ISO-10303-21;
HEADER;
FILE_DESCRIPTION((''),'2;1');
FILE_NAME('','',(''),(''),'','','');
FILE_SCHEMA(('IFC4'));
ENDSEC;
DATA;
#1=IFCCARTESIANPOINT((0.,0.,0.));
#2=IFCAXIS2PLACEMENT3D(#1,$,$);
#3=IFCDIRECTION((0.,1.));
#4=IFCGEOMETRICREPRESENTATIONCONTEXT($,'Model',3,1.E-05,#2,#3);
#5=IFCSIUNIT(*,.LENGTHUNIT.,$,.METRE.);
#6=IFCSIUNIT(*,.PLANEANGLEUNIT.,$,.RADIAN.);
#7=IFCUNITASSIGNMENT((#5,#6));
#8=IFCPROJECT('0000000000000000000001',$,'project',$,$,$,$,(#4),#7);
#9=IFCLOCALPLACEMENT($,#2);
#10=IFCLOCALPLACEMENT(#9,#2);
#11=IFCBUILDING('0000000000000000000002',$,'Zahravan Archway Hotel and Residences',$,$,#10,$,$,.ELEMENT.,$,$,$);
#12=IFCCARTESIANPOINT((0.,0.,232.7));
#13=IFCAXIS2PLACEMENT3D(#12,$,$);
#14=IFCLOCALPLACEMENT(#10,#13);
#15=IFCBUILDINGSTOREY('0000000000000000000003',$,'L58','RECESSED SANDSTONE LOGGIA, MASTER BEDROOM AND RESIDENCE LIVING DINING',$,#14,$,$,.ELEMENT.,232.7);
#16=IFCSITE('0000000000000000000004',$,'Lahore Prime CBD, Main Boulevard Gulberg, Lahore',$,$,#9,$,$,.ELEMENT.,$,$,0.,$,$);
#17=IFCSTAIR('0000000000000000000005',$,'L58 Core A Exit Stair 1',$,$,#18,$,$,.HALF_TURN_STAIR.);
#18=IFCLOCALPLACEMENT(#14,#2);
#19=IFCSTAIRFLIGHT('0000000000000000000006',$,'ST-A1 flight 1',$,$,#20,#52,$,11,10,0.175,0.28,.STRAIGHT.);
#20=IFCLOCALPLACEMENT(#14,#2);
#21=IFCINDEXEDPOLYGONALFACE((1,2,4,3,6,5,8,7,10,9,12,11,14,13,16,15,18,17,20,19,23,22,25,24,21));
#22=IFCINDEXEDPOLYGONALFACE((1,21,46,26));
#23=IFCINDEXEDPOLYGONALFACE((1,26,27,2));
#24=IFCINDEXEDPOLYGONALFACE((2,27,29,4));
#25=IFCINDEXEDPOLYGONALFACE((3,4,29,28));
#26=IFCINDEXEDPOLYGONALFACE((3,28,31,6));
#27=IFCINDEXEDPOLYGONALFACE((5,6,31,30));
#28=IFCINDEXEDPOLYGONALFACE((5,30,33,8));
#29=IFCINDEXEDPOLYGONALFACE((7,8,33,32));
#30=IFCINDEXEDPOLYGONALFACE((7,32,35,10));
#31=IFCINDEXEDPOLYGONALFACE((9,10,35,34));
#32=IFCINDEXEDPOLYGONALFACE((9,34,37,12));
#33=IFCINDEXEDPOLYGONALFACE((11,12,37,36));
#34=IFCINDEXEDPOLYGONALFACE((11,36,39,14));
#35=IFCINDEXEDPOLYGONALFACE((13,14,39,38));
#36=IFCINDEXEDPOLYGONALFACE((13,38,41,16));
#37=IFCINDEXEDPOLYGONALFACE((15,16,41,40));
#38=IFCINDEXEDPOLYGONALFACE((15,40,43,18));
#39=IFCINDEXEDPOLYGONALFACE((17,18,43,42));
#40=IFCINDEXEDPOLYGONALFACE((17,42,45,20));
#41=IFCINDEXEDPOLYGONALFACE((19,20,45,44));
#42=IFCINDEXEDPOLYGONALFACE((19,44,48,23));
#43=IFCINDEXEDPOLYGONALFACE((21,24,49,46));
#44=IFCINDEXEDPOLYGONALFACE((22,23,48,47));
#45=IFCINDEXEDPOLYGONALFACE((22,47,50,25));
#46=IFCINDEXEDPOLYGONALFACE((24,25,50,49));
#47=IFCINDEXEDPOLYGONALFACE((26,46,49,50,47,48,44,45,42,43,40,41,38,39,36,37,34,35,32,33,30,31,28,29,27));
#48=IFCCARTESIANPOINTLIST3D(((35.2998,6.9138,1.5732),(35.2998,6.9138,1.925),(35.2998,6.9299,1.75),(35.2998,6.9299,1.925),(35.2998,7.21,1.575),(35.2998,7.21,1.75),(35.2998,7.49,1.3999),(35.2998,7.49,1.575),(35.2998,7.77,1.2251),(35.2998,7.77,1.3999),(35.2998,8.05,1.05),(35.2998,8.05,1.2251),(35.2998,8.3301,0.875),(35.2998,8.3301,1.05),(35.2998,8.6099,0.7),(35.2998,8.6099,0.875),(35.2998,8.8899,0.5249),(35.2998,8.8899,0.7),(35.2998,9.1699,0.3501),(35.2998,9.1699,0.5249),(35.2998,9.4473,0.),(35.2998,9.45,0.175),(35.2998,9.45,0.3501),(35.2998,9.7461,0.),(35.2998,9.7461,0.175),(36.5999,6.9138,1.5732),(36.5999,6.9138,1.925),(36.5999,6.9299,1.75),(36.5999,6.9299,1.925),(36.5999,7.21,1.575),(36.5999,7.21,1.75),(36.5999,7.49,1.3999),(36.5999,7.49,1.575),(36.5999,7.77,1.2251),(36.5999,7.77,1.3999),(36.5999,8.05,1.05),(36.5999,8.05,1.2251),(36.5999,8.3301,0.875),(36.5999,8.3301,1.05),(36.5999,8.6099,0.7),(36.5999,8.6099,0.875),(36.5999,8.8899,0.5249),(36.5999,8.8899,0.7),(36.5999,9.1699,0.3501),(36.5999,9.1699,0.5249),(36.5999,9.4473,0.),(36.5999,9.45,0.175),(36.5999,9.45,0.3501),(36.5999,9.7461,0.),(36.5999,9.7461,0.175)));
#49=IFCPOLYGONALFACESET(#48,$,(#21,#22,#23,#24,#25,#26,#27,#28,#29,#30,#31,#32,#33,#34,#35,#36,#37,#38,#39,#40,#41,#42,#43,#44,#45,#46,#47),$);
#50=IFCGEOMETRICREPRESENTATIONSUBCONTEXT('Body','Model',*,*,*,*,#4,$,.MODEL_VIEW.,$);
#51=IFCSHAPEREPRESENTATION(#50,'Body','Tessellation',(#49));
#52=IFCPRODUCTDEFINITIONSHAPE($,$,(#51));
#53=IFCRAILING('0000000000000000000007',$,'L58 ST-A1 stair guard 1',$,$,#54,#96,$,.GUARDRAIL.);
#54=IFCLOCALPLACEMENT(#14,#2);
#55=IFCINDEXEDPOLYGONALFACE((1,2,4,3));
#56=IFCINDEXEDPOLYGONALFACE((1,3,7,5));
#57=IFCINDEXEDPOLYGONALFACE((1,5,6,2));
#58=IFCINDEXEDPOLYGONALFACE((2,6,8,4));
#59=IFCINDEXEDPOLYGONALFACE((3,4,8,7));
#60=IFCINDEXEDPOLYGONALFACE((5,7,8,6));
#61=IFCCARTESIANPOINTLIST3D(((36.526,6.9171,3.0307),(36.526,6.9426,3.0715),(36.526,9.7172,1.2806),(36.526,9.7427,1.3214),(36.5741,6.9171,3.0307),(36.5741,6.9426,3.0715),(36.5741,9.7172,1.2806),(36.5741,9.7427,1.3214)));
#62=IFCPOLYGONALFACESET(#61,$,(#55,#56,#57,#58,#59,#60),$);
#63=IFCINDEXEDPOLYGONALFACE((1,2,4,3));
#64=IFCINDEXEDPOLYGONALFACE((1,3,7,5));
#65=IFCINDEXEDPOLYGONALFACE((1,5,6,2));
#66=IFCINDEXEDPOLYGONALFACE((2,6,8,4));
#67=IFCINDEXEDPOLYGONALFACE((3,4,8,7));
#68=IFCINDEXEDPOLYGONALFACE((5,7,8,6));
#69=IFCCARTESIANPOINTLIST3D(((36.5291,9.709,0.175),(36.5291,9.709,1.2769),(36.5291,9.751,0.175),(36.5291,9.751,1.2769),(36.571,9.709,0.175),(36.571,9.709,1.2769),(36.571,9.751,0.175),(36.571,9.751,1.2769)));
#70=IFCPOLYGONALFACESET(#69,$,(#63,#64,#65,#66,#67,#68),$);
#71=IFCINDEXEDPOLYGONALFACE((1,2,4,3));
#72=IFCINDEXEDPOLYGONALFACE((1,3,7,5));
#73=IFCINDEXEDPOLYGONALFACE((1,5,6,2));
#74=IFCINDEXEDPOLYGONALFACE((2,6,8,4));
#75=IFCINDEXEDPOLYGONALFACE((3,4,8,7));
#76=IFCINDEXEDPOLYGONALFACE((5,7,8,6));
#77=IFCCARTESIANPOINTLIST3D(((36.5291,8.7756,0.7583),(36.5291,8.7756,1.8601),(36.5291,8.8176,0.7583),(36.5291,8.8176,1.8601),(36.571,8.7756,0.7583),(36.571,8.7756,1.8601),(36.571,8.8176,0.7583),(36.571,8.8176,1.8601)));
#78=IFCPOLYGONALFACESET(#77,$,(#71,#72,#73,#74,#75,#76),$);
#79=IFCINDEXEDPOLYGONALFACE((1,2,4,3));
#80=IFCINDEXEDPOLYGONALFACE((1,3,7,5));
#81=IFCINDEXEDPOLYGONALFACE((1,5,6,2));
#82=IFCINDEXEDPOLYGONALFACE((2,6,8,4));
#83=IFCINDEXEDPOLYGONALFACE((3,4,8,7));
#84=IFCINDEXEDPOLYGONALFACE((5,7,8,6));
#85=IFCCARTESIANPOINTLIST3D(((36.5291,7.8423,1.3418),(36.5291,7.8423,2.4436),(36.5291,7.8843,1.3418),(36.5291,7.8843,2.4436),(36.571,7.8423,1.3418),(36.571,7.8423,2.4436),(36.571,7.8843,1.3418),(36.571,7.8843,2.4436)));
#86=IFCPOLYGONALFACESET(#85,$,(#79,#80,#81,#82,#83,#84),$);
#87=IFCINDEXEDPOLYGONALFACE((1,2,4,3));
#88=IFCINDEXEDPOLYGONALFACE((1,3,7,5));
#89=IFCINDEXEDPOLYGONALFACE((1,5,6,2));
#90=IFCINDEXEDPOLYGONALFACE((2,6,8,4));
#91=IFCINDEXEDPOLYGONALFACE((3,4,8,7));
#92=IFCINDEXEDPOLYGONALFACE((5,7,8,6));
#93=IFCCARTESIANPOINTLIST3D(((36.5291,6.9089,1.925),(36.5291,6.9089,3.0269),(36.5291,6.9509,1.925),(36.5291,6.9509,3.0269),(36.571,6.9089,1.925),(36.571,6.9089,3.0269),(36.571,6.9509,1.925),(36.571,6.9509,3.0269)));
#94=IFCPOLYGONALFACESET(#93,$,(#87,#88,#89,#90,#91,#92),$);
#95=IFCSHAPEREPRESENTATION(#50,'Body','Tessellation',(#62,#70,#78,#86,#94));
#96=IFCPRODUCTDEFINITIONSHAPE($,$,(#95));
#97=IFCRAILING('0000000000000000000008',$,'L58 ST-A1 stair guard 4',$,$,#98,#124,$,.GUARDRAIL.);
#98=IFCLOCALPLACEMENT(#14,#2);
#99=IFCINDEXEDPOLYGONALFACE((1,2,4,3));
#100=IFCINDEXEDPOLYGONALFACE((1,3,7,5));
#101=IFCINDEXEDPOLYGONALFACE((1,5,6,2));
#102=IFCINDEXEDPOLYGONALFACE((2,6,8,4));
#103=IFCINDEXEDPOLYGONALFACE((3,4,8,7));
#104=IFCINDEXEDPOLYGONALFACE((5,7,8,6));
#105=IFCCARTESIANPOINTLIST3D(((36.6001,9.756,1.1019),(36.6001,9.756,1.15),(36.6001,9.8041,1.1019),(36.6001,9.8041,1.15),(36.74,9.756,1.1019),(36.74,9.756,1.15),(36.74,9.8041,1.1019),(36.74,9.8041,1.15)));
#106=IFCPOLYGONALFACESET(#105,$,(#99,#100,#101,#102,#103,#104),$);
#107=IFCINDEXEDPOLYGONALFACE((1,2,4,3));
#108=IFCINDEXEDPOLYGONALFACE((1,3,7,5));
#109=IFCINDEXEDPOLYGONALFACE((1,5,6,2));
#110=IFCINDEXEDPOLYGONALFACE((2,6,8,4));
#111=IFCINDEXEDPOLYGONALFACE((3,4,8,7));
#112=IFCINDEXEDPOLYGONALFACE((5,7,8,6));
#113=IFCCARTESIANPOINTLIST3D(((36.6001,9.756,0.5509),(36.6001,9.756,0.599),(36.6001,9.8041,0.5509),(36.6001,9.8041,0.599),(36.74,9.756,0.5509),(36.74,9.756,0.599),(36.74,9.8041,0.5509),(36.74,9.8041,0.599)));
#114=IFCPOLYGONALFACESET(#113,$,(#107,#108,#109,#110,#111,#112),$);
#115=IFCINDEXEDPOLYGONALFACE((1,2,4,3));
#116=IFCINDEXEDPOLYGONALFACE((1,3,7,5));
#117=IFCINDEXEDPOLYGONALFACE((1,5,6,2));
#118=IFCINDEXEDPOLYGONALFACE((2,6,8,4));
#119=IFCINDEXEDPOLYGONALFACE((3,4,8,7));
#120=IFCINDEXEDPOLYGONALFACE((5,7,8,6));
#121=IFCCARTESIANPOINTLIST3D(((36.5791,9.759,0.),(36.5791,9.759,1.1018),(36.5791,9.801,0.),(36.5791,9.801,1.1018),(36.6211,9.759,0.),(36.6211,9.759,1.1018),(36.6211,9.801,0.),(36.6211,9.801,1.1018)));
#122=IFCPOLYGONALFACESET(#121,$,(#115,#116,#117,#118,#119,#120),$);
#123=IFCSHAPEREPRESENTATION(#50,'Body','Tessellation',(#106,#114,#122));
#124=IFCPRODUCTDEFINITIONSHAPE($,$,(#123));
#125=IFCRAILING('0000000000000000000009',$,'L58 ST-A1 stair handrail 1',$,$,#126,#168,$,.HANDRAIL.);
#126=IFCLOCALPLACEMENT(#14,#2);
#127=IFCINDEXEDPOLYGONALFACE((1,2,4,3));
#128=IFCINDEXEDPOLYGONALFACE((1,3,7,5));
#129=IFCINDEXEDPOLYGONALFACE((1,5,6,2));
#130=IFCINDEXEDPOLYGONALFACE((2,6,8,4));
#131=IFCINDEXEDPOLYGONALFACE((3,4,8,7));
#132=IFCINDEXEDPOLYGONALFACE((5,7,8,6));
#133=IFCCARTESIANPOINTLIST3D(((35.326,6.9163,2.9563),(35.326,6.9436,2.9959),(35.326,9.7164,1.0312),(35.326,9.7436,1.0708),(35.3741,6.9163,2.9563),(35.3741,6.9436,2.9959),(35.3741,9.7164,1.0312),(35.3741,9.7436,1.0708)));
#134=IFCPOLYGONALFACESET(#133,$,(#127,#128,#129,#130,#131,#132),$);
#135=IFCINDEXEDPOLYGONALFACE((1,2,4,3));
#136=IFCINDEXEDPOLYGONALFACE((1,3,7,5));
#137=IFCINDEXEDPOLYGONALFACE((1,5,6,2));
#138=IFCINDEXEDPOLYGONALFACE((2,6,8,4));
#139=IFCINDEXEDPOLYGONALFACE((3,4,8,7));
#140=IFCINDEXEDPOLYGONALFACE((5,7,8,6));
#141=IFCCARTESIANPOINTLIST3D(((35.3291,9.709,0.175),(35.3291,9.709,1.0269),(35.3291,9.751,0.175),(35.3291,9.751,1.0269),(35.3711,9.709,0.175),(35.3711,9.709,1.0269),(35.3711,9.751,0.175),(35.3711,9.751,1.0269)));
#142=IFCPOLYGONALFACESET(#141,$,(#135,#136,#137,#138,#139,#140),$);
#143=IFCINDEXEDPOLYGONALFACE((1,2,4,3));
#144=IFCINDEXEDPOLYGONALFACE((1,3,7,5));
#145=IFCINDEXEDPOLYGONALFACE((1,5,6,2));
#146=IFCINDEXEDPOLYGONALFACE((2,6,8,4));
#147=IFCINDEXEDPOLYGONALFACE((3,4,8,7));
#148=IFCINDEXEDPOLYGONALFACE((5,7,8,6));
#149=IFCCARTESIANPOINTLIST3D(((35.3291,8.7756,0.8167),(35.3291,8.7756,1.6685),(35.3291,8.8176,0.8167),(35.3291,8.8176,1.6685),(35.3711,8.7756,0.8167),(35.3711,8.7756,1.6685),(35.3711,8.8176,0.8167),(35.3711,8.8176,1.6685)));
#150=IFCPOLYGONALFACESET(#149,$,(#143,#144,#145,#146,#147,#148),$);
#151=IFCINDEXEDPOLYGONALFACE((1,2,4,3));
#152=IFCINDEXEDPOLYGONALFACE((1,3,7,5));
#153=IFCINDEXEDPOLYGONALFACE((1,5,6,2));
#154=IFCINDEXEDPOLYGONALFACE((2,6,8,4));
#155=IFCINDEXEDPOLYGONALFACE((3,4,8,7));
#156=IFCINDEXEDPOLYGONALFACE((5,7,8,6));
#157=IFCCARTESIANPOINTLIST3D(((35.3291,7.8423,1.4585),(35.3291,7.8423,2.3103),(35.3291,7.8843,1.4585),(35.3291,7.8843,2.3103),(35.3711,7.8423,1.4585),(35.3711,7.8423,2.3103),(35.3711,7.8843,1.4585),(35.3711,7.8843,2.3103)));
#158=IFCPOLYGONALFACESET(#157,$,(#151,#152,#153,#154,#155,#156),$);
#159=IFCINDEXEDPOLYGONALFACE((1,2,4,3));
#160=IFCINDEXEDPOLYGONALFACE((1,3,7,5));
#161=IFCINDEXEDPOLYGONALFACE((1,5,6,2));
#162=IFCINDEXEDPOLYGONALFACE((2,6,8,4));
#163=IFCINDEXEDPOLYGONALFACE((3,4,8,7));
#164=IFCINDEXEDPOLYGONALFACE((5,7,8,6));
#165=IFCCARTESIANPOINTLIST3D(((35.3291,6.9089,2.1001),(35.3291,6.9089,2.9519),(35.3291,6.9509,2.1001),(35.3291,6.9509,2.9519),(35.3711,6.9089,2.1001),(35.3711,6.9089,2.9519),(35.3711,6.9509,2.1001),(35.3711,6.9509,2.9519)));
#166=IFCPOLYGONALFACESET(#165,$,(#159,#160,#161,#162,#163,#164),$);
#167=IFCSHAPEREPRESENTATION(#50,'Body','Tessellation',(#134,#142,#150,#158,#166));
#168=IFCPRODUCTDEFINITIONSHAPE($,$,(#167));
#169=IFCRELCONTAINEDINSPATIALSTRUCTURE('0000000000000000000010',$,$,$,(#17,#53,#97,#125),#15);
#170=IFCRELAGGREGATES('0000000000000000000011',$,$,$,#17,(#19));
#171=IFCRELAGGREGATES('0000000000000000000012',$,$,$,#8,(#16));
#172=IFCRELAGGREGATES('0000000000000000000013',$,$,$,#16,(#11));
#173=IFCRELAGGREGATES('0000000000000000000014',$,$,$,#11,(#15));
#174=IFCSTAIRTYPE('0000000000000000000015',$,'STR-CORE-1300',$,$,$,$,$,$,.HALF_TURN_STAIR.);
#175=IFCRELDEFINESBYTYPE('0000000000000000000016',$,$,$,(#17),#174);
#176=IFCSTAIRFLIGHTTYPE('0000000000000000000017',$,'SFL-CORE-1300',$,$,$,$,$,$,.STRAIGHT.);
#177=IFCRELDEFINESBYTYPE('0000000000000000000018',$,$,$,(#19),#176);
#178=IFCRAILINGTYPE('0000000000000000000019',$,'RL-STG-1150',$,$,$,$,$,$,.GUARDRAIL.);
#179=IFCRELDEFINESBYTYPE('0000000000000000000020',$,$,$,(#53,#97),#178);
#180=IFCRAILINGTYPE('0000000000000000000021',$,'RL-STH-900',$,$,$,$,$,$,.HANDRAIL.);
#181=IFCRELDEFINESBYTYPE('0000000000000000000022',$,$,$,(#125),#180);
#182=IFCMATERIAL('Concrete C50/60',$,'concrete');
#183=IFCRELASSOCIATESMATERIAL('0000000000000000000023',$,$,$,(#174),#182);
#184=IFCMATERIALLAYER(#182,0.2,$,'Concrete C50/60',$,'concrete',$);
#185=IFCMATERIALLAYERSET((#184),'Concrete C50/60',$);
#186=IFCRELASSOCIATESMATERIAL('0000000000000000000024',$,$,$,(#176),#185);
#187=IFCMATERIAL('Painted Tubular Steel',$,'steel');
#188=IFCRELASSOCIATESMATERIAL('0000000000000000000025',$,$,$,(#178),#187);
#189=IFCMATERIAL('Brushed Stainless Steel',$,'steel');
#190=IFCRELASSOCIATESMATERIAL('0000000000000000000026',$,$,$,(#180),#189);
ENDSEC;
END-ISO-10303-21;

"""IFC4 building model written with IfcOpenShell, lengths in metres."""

from ifc_helpers import new_model, si_unit, direction, frame, origin, origin_2d, place, context, subcontext, project, spatial, polyline, rectangle, outline, extrude, source, transform, mapped, material, layer, layer_set, type_object, element, aggregate, save


model = new_model("IFC4")

# Units and contexts
model_context = context("Model", 3, precision=1e-05, world=origin(), true_north=direction((0.0, 1.0)))
body_context = subcontext(model_context, "Body", "Model", "MODEL_VIEW")
ifc_project = project(units=[si_unit("LENGTHUNIT", "METRE"), si_unit("PLANEANGLEUNIT", "RADIAN")], contexts=[model_context])

# Site, building, storey
site_placement = place(None, origin())
site = spatial("IfcSite", under=ifc_project, at=site_placement, Name="Lahore Prime CBD, Main Boulevard Gulberg, Lahore", CompositionType="ELEMENT", RefElevation=0.0)
building_placement = place(site_placement, origin())
building = spatial("IfcBuilding", under=site, at=building_placement, Name="Zahravan Archway Hotel and Residences", CompositionType="ELEMENT")
storey_placement = place(building_placement, frame((0.0, 0.0, 232.7)))
storey = spatial("IfcBuildingStorey", under=building, at=storey_placement, Name="L58", Description="RECESSED SANDSTONE LOGGIA, MASTER BEDROOM AND RESIDENCE LIVING DINING", CompositionType="ELEMENT", Elevation=232.7)

# Shared definitions
ifc_material_1 = material(Name="Concrete C50/60", Category="concrete")

# Shared definitions
ifc_material_2 = material(Name="Brushed Stainless Steel", Category="steel")

# Stair, stair flight
stair_type = type_object("IfcStairType", Name="STR-CORE-1300", PredefinedType="HALF_TURN_STAIR", material=ifc_material_1)
stair_placement = place(storey_placement, origin())
stair = element("IfcStair", 1, at=stair_placement, inside=storey, type_object=stair_type, Name="L58 Core A Exit Stair 1", PredefinedType="HALF_TURN_STAIR")
ifc_layer_1 = layer(ifc_material_1, 0.2, Name="Concrete C50/60", Category="concrete")
ifc_layer_set_1 = layer_set([ifc_layer_1], Name="Concrete C50/60")
stair_flight_type = type_object("IfcStairFlightType", Name="SFL-CORE-1300", PredefinedType="STRAIGHT", material=ifc_layer_set_1)
shared_shape_1 = source(origin(), body_context, "Body", "SweptSolid", [
    extrude(outline(polyline([(-0.0161, 0.0), (-0.0161, 0.175), (0.28, 0.175), (0.28, 0.3501), (0.5601, 0.3501), (0.5601, 0.5249), (0.8401, 0.5249), (0.8401, 0.7), (1.1201, 0.7), (1.1201, 0.875), (1.3999, 0.875), (1.3999, 1.05), (1.6799, 1.05), (1.6799, 1.2251), (1.96, 1.2251), (1.96, 1.3999), (2.24, 1.3999), (2.24, 1.575), (2.52, 1.575), (2.52, 1.75), (2.8, 1.75), (2.8, 1.925), (2.8162, 1.925), (2.8162, 1.5732), (0.2827, 0.0), (-0.0161, 0.0)])), frame((0.0, 0.6499, 0.0), z_axis=(0.0, -1.0, 0.0), x_axis=(1.0, 0.0, 0.0)), (0.0, 0.0, 1.0), 1.3),
])
stair_flight_placement = place(storey_placement, frame((35.95, 9.73, 0.0), z_axis=(0.0, 0.0, 1.0), x_axis=(0.0, -1.0, 0.0)))
stair_flight = element("IfcStairFlight", 2, at=stair_flight_placement, type_object=stair_flight_type, Name="ST-A1 flight 1", NumberOfRisers=11, NumberOfTreads=10, PredefinedType="STRAIGHT", RiserHeight=0.175, TreadLength=0.28, context=body_context, shape_type="MappedRepresentation", body=[
    mapped(shared_shape_1, transform((0.0, 0.0, 0.0), scale=1.0)),
])
aggregate(stair, [stair_flight])

# Railings
ifc_material_3 = material(Name="Painted Tubular Steel", Category="steel")
railing_type_1 = type_object("IfcRailingType", Name="RL-STG-1150", PredefinedType="GUARDRAIL", material=ifc_material_3)
railing_1_placement = place(storey_placement, frame((36.55, 9.73, 0.175)))
element("IfcRailing", 3, at=railing_1_placement, inside=storey, type_object=railing_type_1, Name="L58 ST-A1 stair guard 1", PredefinedType="GUARDRAIL", context=body_context, shape_type="SweptSolid", body=[
    extrude(rectangle(XDim=0.0481, YDim=0.0481, at=origin_2d()), frame((0.0, 0.0, 1.126), z_axis=(0.0, -0.848002, 0.529992), x_axis=(1.0, 0.0, 0.0)), (0.0, 0.0, 1.0), 3.302),
    extrude(rectangle(XDim=0.042, YDim=0.042, at=origin_2d()), origin(), (0.0, 0.0, 1.0), 1.1018),
    extrude(rectangle(XDim=0.042, YDim=0.042, at=origin_2d()), frame((0.0, -0.9333, 0.5833)), (0.0, 0.0, 1.0), 1.1018),
    extrude(rectangle(XDim=0.042, YDim=0.042, at=origin_2d()), frame((0.0, -1.8667, 1.1667)), (0.0, 0.0, 1.0), 1.1018),
    extrude(rectangle(XDim=0.042, YDim=0.042, at=origin_2d()), frame((0.0, -2.8, 1.75)), (0.0, 0.0, 1.0), 1.1018),
])
railing_2_placement = place(storey_placement, frame((36.6001, 9.78, 0.0)))
element("IfcRailing", 4, at=railing_2_placement, inside=storey, type_object=railing_type_1, Name="L58 ST-A1 stair guard 4", PredefinedType="GUARDRAIL", context=body_context, shape_type="SweptSolid", body=[
    extrude(rectangle(XDim=0.0481, YDim=0.0481, at=origin_2d()), frame((0.0, 0.0, 1.126), z_axis=(1.0, 0.0, 0.0), x_axis=(0.0, 1.0, 0.0)), (0.0, 0.0, 1.0), 0.1399),
    extrude(rectangle(XDim=0.0481, YDim=0.0481, at=origin_2d()), frame((0.0, 0.0, 0.575), z_axis=(1.0, 0.0, 0.0), x_axis=(0.0, 1.0, 0.0)), (0.0, 0.0, 1.0), 0.1399),
    extrude(rectangle(XDim=0.042, YDim=0.042, at=origin_2d()), origin(), (0.0, 0.0, 1.0), 1.1018),
])
railing_type_2 = type_object("IfcRailingType", Name="RL-STH-900", PredefinedType="HANDRAIL", material=ifc_material_2)
railing_3_placement = place(storey_placement, frame((35.3501, 9.73, 0.175)))
element("IfcRailing", 5, at=railing_3_placement, inside=storey, type_object=railing_type_2, Name="L58 ST-A1 stair handrail 1", PredefinedType="HANDRAIL", context=body_context, shape_type="SweptSolid", body=[
    extrude(rectangle(XDim=0.0481, YDim=0.0481, at=origin_2d()), frame((0.0, 0.0, 0.876), z_axis=(0.0, -0.82404, 0.566532), x_axis=(1.0, 0.0, 0.0)), (0.0, 0.0, 1.0), 3.3979),
    extrude(rectangle(XDim=0.042, YDim=0.042, at=origin_2d()), origin(), (0.0, 0.0, 1.0), 0.8518),
    extrude(rectangle(XDim=0.042, YDim=0.042, at=origin_2d()), frame((0.0, -0.9333, 0.6416)), (0.0, 0.0, 1.0), 0.8518),
    extrude(rectangle(XDim=0.042, YDim=0.042, at=origin_2d()), frame((0.0, -1.8667, 1.2834)), (0.0, 0.0, 1.0), 0.8518),
    extrude(rectangle(XDim=0.042, YDim=0.042, at=origin_2d()), frame((0.0, -2.8, 1.925)), (0.0, 0.0, 1.0), 0.8518),
])

save(model, "model.ifc")
